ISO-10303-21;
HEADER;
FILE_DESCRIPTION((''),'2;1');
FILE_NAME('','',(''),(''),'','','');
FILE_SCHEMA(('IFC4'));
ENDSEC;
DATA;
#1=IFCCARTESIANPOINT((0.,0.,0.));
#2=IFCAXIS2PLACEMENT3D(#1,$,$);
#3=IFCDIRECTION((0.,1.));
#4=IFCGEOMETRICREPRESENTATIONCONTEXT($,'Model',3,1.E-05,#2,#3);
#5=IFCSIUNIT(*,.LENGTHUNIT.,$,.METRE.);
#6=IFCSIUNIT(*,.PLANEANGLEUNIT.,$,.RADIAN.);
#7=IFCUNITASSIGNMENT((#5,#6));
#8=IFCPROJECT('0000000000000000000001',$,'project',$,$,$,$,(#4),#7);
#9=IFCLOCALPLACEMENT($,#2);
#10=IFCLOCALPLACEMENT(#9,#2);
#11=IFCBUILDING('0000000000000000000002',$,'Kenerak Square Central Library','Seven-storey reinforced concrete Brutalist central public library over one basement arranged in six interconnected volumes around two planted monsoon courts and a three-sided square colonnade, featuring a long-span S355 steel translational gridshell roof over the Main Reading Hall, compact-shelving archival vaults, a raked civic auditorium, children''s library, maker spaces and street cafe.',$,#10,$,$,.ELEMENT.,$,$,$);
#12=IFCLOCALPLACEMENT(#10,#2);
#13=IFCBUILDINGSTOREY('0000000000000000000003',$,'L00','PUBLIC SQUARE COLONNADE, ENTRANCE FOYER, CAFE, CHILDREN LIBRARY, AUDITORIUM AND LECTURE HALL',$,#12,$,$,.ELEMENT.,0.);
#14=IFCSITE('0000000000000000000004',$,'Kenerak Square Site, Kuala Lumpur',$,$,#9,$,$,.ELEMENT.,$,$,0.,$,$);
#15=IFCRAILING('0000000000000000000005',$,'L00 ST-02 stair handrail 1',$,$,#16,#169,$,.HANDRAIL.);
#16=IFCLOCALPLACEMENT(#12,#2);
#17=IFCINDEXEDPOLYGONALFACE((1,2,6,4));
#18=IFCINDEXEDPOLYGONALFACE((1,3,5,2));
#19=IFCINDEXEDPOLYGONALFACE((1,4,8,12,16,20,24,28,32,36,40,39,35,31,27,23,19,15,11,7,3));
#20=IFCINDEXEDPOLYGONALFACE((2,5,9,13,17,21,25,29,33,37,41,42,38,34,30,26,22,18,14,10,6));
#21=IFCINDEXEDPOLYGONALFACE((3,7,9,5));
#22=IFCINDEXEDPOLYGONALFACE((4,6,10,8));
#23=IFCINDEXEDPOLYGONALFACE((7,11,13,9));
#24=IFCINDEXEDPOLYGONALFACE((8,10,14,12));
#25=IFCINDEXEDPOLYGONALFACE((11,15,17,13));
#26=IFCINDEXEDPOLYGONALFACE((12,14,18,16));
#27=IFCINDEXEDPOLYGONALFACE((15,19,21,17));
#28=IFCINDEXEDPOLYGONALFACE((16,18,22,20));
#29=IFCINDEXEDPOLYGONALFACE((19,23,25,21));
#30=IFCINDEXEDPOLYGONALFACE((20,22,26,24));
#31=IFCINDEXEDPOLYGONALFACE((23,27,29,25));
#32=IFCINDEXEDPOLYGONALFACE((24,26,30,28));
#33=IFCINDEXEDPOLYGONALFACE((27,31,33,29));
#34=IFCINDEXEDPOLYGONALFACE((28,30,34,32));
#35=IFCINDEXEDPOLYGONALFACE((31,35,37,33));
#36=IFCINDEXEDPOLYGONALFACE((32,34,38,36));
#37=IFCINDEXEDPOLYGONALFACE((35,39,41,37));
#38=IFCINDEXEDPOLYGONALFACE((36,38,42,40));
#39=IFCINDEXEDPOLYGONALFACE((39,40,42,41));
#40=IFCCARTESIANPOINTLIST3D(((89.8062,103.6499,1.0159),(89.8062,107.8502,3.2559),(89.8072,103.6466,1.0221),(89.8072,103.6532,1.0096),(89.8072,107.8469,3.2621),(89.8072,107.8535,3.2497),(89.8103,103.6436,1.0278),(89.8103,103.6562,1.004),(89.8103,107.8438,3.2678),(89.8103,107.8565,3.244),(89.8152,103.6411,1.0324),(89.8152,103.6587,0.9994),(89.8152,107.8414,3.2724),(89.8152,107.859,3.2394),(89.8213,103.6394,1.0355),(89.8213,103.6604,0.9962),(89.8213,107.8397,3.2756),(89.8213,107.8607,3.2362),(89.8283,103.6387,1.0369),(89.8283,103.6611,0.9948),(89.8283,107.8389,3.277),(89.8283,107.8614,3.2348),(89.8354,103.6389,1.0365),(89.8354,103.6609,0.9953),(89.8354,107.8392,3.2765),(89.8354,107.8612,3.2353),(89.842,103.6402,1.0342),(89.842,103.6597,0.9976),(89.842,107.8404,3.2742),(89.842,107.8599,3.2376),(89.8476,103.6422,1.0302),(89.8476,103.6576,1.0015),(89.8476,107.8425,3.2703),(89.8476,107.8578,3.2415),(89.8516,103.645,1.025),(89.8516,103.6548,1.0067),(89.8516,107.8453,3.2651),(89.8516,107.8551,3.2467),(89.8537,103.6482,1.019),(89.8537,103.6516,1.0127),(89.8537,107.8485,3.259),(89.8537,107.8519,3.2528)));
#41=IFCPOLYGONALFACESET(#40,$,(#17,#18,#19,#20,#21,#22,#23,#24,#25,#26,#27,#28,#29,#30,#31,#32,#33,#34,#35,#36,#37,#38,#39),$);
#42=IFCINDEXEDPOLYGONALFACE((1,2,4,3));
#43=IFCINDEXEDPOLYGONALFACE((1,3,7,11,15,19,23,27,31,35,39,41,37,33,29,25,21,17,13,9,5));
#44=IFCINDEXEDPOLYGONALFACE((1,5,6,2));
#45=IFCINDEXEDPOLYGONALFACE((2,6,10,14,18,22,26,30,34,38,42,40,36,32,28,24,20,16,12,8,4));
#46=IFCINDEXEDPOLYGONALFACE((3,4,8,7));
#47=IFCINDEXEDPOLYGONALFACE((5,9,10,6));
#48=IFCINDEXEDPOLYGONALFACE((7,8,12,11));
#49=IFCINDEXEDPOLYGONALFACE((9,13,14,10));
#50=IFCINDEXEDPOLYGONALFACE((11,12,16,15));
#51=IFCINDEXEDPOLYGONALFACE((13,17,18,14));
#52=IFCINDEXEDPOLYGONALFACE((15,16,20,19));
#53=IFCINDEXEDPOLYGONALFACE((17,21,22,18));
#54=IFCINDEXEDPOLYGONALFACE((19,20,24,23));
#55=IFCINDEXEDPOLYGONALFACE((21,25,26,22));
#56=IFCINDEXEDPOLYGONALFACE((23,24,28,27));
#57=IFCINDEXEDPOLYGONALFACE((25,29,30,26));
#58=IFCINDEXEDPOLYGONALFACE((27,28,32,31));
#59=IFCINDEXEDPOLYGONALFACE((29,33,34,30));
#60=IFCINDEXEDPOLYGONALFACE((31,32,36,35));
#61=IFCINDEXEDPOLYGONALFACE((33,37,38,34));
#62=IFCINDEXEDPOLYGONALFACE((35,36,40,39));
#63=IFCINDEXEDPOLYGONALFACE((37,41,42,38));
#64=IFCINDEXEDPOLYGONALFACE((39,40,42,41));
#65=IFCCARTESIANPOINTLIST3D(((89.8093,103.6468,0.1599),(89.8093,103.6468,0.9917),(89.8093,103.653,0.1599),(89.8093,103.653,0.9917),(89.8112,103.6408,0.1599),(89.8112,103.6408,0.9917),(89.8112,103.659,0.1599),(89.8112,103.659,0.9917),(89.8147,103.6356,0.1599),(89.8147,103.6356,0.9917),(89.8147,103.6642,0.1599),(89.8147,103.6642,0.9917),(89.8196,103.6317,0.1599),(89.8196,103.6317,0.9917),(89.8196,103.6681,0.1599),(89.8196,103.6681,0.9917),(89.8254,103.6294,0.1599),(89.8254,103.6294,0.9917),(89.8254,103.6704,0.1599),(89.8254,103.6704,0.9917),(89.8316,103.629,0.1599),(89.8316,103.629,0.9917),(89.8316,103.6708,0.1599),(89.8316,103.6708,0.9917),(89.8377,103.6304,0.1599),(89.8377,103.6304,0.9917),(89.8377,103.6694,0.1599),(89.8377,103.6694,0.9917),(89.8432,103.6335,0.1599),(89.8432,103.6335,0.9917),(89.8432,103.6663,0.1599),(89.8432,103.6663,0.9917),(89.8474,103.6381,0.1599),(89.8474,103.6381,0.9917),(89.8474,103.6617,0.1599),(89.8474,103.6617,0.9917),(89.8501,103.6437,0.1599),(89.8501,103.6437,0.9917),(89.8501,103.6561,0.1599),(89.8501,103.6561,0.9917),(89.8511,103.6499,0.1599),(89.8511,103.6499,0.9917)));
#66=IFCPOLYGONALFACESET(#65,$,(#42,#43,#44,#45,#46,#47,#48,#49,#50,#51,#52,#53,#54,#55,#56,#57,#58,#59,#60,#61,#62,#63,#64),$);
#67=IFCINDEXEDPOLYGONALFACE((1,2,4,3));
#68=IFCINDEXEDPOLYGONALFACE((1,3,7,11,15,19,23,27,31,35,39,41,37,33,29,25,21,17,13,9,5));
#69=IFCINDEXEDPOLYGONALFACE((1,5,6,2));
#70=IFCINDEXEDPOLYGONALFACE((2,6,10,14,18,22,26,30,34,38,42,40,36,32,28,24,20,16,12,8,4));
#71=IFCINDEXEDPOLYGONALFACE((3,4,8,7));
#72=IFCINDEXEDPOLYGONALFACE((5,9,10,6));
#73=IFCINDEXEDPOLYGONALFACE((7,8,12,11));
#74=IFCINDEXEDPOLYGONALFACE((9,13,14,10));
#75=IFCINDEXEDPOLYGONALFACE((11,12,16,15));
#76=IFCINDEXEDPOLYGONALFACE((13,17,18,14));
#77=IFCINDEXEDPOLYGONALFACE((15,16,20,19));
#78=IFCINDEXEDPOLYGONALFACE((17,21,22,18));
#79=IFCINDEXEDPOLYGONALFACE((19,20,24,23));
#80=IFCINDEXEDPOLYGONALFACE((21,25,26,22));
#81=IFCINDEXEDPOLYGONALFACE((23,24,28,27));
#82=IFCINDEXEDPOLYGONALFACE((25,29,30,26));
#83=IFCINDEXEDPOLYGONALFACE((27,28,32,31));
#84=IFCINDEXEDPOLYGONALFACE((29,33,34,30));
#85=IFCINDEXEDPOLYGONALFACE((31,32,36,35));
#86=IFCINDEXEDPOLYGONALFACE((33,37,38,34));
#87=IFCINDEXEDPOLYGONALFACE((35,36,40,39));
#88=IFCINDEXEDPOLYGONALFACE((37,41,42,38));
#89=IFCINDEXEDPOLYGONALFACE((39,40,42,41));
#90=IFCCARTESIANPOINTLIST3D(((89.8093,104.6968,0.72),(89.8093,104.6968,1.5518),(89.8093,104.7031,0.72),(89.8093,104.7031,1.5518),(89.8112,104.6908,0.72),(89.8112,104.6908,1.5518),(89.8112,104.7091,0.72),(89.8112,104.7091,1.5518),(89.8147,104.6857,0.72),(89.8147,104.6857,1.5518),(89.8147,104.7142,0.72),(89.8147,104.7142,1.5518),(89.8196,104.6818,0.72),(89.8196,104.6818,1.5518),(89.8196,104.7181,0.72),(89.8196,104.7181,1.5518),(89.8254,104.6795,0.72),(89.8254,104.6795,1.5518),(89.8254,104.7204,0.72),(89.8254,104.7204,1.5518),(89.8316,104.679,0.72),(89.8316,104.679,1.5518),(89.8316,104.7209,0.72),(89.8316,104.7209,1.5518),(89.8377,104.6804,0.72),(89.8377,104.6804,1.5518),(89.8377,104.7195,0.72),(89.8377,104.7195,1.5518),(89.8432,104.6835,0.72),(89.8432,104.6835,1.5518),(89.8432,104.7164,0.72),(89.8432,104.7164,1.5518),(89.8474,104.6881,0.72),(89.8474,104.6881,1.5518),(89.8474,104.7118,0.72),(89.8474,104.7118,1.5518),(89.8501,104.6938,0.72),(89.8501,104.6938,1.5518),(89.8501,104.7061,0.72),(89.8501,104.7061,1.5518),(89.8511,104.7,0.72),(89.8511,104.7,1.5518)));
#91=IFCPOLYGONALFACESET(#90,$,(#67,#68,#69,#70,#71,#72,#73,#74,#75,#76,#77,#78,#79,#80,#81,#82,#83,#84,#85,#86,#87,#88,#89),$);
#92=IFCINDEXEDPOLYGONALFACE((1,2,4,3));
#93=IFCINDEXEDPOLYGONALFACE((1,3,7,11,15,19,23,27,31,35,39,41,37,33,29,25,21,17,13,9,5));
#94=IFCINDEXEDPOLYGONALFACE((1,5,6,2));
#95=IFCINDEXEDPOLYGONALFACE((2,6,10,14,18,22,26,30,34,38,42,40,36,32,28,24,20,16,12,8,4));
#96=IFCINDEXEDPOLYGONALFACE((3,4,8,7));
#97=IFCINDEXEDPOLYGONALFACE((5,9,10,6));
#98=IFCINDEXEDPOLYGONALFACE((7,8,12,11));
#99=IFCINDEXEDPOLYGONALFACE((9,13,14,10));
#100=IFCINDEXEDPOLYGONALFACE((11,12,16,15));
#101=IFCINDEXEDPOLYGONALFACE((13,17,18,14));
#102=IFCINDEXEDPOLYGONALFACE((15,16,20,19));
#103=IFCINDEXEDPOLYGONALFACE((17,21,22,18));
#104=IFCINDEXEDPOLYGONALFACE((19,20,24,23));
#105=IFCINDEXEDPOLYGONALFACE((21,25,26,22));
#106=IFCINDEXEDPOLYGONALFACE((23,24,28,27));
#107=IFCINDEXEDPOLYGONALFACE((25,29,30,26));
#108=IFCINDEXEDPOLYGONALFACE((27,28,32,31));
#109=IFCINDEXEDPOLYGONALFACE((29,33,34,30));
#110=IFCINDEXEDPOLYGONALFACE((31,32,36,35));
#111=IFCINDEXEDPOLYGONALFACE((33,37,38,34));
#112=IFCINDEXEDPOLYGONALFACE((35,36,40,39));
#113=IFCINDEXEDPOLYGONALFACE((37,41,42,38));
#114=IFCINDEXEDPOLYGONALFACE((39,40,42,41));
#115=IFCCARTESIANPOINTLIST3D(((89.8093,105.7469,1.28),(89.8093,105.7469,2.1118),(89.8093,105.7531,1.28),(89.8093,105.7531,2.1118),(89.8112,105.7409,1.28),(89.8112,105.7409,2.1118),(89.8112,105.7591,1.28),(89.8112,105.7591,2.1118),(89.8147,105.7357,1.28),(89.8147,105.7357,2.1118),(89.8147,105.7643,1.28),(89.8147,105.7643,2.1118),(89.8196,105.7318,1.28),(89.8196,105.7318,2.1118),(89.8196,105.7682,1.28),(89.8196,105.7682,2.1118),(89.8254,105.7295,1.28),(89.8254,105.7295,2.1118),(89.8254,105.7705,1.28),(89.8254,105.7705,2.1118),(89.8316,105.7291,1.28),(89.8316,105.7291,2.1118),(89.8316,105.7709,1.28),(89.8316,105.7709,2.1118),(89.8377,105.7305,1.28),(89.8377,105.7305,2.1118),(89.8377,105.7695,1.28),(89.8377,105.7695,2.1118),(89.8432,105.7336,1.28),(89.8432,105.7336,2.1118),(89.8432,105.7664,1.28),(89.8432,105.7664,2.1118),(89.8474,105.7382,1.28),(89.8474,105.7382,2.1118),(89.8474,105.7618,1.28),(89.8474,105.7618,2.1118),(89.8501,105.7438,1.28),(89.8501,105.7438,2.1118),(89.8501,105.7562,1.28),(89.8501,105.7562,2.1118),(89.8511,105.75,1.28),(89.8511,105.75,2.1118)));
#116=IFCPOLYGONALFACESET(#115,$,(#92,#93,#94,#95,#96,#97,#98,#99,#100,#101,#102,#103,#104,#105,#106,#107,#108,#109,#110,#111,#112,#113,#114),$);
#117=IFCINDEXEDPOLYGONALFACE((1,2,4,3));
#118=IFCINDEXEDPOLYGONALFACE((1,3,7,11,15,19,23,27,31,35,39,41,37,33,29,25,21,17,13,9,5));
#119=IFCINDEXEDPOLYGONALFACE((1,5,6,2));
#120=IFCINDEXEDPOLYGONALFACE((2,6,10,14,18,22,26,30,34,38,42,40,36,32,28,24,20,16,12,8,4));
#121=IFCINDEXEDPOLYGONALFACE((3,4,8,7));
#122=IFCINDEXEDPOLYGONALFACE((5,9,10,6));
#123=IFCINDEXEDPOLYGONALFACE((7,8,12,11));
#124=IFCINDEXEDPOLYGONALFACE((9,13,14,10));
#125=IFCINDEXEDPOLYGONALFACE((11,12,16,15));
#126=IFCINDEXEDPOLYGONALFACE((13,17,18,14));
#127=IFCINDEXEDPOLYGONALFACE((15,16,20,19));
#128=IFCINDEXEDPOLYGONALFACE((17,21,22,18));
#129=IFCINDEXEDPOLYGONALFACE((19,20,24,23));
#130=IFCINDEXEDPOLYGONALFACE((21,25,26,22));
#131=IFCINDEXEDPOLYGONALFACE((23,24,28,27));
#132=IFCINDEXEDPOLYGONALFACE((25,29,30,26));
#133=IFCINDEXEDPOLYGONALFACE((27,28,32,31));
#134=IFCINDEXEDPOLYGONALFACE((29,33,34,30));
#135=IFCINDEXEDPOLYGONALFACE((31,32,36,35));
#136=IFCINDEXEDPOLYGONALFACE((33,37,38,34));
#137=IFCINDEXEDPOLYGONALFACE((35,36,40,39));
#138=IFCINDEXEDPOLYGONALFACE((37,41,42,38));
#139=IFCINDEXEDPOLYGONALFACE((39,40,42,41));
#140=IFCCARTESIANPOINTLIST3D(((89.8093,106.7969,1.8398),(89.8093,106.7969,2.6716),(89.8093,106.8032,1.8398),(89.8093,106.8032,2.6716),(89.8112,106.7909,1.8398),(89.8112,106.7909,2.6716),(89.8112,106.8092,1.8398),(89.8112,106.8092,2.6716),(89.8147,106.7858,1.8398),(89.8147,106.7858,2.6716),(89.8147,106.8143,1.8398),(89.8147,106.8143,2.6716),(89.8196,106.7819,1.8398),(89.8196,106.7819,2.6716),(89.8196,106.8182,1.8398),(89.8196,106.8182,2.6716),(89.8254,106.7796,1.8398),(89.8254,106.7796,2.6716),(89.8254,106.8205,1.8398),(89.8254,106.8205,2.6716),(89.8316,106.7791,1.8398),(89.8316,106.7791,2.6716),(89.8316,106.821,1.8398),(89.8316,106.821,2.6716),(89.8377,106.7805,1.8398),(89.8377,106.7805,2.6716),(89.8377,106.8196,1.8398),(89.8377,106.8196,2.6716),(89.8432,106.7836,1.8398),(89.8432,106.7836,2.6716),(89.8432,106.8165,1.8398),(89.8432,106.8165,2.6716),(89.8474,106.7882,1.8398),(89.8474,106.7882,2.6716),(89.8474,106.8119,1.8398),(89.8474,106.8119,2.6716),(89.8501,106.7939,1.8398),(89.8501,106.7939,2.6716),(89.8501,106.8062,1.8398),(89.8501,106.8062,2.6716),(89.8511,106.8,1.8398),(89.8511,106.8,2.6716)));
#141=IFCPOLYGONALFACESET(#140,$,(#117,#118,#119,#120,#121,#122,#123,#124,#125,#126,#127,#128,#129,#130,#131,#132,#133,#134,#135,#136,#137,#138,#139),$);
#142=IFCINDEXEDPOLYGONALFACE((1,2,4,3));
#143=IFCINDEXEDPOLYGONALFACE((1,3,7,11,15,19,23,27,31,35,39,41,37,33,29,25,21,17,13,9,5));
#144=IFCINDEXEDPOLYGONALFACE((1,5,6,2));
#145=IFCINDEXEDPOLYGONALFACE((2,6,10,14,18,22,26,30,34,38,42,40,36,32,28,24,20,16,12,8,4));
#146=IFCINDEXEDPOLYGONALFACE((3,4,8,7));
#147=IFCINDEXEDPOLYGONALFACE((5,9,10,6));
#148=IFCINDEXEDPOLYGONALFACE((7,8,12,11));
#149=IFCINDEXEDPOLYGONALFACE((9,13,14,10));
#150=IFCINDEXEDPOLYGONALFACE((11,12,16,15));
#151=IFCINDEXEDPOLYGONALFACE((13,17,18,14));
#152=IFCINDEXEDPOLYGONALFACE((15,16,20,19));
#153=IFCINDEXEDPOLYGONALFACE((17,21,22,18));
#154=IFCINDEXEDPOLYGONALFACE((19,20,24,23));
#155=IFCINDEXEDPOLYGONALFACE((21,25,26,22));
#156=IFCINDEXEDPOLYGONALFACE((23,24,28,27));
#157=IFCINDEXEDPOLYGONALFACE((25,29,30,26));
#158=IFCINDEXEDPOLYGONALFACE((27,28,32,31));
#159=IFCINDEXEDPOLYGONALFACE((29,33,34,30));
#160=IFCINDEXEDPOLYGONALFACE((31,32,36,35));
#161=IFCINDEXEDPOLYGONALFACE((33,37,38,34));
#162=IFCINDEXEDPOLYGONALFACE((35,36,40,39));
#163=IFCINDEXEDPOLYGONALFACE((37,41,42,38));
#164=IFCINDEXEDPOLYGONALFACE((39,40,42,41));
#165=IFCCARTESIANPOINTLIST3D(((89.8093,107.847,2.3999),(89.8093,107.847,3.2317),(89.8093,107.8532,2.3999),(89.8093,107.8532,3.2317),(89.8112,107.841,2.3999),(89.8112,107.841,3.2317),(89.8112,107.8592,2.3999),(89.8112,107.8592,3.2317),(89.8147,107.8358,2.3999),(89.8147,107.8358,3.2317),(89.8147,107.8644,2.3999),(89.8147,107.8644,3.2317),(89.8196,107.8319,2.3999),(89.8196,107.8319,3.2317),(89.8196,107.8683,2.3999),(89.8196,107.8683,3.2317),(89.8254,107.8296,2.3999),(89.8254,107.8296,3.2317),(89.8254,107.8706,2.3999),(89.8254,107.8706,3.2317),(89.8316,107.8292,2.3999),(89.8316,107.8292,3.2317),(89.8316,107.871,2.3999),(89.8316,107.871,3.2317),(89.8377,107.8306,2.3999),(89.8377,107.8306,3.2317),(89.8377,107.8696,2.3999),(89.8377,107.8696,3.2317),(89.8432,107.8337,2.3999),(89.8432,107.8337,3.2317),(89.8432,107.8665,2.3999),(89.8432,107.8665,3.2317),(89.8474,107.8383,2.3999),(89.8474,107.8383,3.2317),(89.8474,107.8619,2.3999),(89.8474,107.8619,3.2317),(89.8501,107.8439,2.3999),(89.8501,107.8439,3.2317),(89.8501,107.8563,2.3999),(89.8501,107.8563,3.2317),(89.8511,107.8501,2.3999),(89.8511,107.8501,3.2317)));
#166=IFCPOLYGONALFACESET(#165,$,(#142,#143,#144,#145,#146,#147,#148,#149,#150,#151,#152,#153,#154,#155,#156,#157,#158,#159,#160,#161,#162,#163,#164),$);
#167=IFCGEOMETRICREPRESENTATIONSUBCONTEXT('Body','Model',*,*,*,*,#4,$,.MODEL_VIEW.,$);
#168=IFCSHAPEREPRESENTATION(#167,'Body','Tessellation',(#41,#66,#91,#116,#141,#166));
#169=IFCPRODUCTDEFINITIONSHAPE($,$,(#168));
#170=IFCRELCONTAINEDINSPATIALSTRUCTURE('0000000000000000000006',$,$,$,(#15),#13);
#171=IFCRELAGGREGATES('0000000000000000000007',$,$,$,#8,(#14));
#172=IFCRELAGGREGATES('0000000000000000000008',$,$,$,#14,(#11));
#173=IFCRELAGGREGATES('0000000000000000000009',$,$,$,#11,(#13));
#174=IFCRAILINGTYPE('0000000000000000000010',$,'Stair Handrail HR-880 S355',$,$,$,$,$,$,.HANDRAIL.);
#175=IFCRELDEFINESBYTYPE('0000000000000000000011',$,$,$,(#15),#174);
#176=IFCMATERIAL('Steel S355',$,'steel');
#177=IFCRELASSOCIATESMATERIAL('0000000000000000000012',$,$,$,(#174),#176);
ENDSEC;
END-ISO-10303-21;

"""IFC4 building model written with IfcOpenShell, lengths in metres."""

from ifc_helpers import new_model, si_unit, direction, frame, origin, origin_2d, place, context, subcontext, project, spatial, circle, extrude, material, type_object, element, save


model = new_model("IFC4")

# Units and contexts
model_context = context("Model", 3, precision=1e-05, world=origin(), true_north=direction((0.0, 1.0)))
body_context = subcontext(model_context, "Body", "Model", "MODEL_VIEW")
ifc_project = project(units=[si_unit("LENGTHUNIT", "METRE"), si_unit("PLANEANGLEUNIT", "RADIAN")], contexts=[model_context])

# Site, building, storey
site_placement = place(None, origin())
site = spatial("IfcSite", under=ifc_project, at=site_placement, Name="Kenerak Square Site, Kuala Lumpur", CompositionType="ELEMENT", RefElevation=0.0)
building_placement = place(site_placement, origin())
building = spatial("IfcBuilding", under=site, at=building_placement, Name="Kenerak Square Central Library", Description="Seven-storey reinforced concrete Brutalist central public library over one basement arranged in six interconnected volumes around two planted monsoon courts and a three-sided square colonnade, featuring a long-span S355 steel translational gridshell roof over the Main Reading Hall, compact-shelving archival vaults, a raked civic auditorium, children's library, maker spaces and street cafe.", CompositionType="ELEMENT")
storey_placement = place(building_placement, origin())
storey = spatial("IfcBuildingStorey", under=building, at=storey_placement, Name="L00", Description="PUBLIC SQUARE COLONNADE, ENTRANCE FOYER, CAFE, CHILDREN LIBRARY, AUDITORIUM AND LECTURE HALL", CompositionType="ELEMENT", Elevation=0.0)

# Shared definitions
ifc_material_1 = material(Name="Steel S355", Category="steel")

# Railing
railing_type_1 = type_object("IfcRailingType", Name="Stair Handrail HR-880 S355", PredefinedType="HANDRAIL", material=ifc_material_1)
railing_1_placement = place(storey_placement, frame((89.8301, 103.6499, 0.1599)))
element("IfcRailing", 1, at=railing_1_placement, inside=storey, type_object=railing_type_1, Name="L00 ST-02 stair handrail 1", PredefinedType="HANDRAIL", context=body_context, shape_type="SweptSolid", body=[
    extrude(circle(Radius=0.0239, at=origin_2d()), frame((0.0, 0.0, 0.856), z_axis=(0.0, 0.882363, 0.47057), x_axis=(-1.0, 0.0, 0.0)), (0.0, 0.0, 1.0), 4.7603),
    extrude(circle(Radius=0.021, at=origin_2d()), origin(), (0.0, 0.0, 1.0), 0.8318),
    extrude(circle(Radius=0.021, at=origin_2d()), frame((0.0, 1.05, 0.5601)), (0.0, 0.0, 1.0), 0.8318),
    extrude(circle(Radius=0.021, at=origin_2d()), frame((0.0, 2.1001, 1.1201)), (0.0, 0.0, 1.0), 0.8318),
    extrude(circle(Radius=0.021, at=origin_2d()), frame((0.0, 3.1501, 1.6799)), (0.0, 0.0, 1.0), 0.8318),
    extrude(circle(Radius=0.021, at=origin_2d()), frame((0.0, 4.2002, 2.24)), (0.0, 0.0, 1.0), 0.8318),
])

save(model, "model.ifc")
